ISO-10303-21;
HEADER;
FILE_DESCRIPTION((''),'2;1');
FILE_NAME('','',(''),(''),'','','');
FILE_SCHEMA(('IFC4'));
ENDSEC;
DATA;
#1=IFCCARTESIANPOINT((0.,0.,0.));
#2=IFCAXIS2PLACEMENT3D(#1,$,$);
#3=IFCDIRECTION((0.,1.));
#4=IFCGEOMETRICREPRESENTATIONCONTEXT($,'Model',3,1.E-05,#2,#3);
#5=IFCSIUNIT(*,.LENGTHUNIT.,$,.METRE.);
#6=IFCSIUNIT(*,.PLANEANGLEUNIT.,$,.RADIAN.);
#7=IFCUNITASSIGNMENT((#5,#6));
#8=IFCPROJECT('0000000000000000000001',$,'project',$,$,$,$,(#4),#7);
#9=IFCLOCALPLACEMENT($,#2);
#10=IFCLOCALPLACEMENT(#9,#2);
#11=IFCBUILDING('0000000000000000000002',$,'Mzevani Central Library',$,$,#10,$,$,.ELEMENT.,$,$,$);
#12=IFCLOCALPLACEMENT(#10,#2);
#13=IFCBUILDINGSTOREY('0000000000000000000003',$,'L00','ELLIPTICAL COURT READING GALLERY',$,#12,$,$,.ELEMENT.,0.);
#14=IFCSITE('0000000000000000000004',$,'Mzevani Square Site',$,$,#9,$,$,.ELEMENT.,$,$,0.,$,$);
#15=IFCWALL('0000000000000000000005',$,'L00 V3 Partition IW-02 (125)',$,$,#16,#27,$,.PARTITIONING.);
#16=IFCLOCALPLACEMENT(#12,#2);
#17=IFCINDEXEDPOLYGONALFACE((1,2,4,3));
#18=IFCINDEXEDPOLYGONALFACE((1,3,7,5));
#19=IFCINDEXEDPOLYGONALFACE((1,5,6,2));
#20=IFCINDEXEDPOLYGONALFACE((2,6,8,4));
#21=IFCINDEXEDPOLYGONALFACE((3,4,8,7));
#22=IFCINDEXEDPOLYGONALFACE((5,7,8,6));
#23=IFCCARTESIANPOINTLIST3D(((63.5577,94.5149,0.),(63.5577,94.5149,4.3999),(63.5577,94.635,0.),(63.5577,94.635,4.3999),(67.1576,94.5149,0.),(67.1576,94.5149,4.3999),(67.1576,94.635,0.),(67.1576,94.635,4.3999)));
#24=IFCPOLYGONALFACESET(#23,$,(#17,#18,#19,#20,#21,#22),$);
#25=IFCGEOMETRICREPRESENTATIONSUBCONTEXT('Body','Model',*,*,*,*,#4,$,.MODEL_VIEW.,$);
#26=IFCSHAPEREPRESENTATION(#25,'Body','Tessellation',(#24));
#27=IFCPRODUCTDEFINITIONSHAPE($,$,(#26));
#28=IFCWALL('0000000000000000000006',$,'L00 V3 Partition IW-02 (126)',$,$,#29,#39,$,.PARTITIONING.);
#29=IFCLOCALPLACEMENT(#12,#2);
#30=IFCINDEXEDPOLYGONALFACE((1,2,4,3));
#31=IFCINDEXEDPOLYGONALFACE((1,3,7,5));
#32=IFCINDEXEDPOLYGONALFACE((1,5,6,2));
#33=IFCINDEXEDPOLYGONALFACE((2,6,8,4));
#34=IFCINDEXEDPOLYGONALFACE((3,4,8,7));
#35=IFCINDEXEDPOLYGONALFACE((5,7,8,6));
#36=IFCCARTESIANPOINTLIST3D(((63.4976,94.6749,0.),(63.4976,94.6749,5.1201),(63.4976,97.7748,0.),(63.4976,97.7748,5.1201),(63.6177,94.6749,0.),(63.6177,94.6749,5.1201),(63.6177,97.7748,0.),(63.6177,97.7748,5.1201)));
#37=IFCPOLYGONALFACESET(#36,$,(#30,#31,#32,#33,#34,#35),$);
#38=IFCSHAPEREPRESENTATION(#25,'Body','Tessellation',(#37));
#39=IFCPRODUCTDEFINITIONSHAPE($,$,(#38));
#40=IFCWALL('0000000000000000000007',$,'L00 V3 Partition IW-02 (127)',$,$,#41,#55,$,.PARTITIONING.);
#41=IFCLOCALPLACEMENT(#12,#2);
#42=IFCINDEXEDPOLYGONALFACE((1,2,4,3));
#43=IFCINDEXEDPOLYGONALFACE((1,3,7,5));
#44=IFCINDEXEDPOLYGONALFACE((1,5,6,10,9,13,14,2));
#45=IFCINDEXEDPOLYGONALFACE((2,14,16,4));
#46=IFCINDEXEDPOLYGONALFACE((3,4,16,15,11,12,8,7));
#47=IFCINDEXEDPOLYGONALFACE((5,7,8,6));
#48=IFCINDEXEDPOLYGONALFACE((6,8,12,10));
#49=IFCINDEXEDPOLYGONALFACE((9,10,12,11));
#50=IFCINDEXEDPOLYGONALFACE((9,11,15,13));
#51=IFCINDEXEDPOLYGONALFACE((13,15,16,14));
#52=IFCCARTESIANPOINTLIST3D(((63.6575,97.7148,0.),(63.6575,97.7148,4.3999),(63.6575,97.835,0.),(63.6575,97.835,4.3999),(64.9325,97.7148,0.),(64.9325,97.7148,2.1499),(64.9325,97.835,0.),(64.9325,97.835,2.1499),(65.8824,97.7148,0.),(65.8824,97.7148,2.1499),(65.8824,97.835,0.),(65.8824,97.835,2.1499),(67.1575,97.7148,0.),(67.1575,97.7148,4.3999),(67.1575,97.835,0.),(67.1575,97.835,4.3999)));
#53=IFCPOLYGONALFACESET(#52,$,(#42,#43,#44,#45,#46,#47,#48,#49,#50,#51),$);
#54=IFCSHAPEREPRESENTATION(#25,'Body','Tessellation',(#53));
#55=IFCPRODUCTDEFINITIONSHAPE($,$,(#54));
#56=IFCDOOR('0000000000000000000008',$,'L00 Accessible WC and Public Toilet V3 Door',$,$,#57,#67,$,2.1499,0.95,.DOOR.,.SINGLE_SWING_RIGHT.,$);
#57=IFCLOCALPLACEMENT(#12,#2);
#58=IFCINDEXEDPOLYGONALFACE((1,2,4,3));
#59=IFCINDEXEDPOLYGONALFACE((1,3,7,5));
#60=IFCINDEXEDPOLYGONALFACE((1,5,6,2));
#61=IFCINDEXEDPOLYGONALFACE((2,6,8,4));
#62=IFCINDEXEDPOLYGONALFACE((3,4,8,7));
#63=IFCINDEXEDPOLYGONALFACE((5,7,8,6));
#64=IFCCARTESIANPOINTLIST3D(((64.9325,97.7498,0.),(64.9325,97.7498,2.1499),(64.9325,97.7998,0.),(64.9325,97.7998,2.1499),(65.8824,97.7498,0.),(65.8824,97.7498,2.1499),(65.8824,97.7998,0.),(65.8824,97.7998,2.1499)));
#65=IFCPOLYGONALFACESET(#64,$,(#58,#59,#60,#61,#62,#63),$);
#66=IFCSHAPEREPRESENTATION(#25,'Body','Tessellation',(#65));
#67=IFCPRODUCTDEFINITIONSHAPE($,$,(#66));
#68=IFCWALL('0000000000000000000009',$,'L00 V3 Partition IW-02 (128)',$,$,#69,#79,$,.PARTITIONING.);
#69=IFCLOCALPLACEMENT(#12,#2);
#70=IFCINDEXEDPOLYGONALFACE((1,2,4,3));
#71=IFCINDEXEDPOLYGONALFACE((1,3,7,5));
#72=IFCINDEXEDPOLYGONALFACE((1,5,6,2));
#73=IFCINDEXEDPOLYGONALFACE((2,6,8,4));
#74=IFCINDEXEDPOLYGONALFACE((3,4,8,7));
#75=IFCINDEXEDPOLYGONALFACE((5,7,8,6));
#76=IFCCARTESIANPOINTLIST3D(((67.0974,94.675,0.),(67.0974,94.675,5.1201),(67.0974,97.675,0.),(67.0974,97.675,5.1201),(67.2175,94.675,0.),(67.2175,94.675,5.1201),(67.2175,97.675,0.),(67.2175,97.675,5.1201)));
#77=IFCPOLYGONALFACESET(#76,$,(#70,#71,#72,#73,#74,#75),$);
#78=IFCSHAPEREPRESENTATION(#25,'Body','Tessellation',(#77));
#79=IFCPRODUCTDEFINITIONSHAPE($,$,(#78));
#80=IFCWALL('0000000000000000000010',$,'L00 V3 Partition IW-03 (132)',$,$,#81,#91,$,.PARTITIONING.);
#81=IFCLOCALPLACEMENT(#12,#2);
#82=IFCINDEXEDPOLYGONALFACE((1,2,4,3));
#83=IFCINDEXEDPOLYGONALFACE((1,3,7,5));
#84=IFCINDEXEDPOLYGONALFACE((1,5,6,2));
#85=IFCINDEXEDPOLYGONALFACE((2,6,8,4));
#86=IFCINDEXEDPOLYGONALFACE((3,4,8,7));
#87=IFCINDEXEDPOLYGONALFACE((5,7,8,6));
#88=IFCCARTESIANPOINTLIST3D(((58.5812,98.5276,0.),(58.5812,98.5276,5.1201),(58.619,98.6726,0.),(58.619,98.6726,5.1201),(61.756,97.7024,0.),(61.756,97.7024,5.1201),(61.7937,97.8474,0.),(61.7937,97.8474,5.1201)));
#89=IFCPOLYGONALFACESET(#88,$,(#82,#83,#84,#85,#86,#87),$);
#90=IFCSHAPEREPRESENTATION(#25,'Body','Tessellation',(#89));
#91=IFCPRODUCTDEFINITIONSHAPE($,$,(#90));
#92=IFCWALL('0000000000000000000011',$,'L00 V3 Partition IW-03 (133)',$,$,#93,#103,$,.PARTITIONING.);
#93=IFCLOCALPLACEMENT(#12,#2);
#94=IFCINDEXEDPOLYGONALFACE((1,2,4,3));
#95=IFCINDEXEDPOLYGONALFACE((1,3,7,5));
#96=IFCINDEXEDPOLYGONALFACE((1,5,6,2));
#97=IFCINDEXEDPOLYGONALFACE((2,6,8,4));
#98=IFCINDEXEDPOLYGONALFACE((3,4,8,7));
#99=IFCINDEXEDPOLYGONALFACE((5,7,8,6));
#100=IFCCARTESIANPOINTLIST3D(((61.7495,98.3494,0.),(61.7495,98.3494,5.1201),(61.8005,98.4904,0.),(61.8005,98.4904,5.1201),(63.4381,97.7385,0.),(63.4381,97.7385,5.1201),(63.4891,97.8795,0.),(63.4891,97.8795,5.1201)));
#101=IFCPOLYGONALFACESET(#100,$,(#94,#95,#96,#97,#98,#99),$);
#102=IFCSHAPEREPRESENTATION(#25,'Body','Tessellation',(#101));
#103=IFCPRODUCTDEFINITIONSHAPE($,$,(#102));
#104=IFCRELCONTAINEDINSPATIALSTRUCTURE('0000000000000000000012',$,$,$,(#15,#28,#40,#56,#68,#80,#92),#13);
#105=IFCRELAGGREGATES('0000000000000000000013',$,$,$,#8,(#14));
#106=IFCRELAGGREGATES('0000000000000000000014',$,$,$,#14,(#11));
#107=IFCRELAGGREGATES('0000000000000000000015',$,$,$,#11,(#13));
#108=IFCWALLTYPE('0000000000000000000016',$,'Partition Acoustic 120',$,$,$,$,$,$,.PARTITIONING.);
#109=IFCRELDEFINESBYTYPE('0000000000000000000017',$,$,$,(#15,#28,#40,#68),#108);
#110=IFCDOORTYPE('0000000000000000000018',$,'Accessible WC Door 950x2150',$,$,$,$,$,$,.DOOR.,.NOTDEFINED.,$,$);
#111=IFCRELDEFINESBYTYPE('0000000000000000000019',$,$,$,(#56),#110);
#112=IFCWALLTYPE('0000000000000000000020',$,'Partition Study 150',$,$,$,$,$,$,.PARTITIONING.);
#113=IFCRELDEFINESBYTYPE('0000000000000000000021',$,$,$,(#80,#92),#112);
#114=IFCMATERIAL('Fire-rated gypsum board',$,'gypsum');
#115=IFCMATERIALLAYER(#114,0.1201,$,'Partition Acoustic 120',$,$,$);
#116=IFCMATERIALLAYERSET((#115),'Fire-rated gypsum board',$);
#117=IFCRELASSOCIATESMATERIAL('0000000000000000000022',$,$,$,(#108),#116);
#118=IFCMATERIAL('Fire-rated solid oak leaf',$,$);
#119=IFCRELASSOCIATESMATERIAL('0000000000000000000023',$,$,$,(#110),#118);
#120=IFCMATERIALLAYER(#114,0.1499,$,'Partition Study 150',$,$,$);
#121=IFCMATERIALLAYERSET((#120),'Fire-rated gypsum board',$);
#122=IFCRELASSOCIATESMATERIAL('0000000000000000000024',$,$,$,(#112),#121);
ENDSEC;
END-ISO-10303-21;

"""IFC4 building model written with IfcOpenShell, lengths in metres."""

from ifc_helpers import new_model, si_unit, direction, frame, frame_2d, origin, place, context, subcontext, project, spatial, rectangle, extrude, material, layer, layer_set, type_object, element, fill, save


model = new_model("IFC4")

# Units and contexts
model_context = context("Model", 3, precision=1e-05, world=origin(), true_north=direction((0.0, 1.0)))
body_context = subcontext(model_context, "Body", "Model", "MODEL_VIEW")
ifc_project = project(units=[si_unit("LENGTHUNIT", "METRE"), si_unit("PLANEANGLEUNIT", "RADIAN")], contexts=[model_context])

# Site, building, storey
site_placement = place(None, origin())
site = spatial("IfcSite", under=ifc_project, at=site_placement, Name="Mzevani Square Site", CompositionType="ELEMENT", RefElevation=0.0)
building_placement = place(site_placement, origin())
building = spatial("IfcBuilding", under=site, at=building_placement, Name="Mzevani Central Library", CompositionType="ELEMENT")
storey_placement = place(building_placement, origin())
storey = spatial("IfcBuildingStorey", under=building, at=storey_placement, Name="L00", Description="ELLIPTICAL COURT READING GALLERY", CompositionType="ELEMENT", Elevation=0.0)

# Walls
ifc_material_1 = material(Name="Fire-rated gypsum board", Category="gypsum")
ifc_layer_1 = layer(ifc_material_1, 0.1201, Name="Partition Acoustic 120")
ifc_layer_set_1 = layer_set([ifc_layer_1], Name="Fire-rated gypsum board")
wall_type_1 = type_object("IfcWallType", Name="Partition Acoustic 120", PredefinedType="PARTITIONING", material=ifc_layer_set_1)
wall_1_placement = place(storey_placement, frame((67.1575, 94.575, 0.0), z_axis=(0.0, 0.0, 1.0), x_axis=(-1.0, 0.0, 0.0)))
element("IfcWall", 1, at=wall_1_placement, inside=storey, type_object=wall_type_1, Name="L00 V3 Partition IW-02 (125)", PredefinedType="PARTITIONING", context=body_context, shape_type="SweptSolid", body=[
    extrude(rectangle(XDim=3.5999, YDim=0.1201, at=frame_2d((1.7998, 0.0))), origin(), (0.0, 0.0, 1.0), 4.3999),
])
wall_2_placement = place(storey_placement, frame((63.5576, 94.675, 0.0), z_axis=(0.0, 0.0, 1.0), x_axis=(0.0, 1.0, 0.0)))
element("IfcWall", 2, at=wall_2_placement, inside=storey, type_object=wall_type_1, Name="L00 V3 Partition IW-02 (126)", PredefinedType="PARTITIONING", context=body_context, shape_type="SweptSolid", body=[
    extrude(rectangle(XDim=3.0999, YDim=0.1201, at=frame_2d((1.5498, 0.0))), origin(), (0.0, 0.0, 1.0), 5.1201),
])

# Wall, opening, door
wall_3_placement = place(storey_placement, frame((63.6575, 97.7749, 0.0), z_axis=(0.0, 0.0, 1.0), x_axis=(1.0, 0.0, 0.0)))
wall_3 = element("IfcWall", 3, at=wall_3_placement, inside=storey, type_object=wall_type_1, Name="L00 V3 Partition IW-02 (127)", PredefinedType="PARTITIONING", context=body_context, shape_type="SweptSolid", body=[
    extrude(rectangle(XDim=3.5, YDim=0.1201, at=frame_2d((1.75, 0.0))), origin(), (0.0, 0.0, 1.0), 4.3999),
])
opening_placement = place(wall_3_placement, frame((1.2749, 0.0, 0.0)))
opening = element("IfcOpeningElement", 4, at=opening_placement, cuts=wall_3, PredefinedType="OPENING", context=body_context, shape_type="SweptSolid", body=[
    extrude(rectangle(XDim=0.95, YDim=2.1499, at=frame_2d((0.4751, 1.075))), frame((0.0, 0.0701, 0.0), z_axis=(0.0, -1.0, 0.0), x_axis=(1.0, 0.0, 0.0)), (0.0, 0.0, 1.0), 0.1401),
])
ifc_material_2 = material(Name="Fire-rated solid oak leaf")
door_type = type_object("IfcDoorType", Name="Accessible WC Door 950x2150", OperationType="NOTDEFINED", PredefinedType="DOOR", material=ifc_material_2)
door_placement = place(opening_placement, origin())
door = element("IfcDoor", 5, at=door_placement, inside=storey, type_object=door_type, Name="L00 Accessible WC and Public Toilet V3 Door", OperationType="SINGLE_SWING_RIGHT", OverallHeight=2.1499, OverallWidth=0.95, PredefinedType="DOOR", context=body_context, shape_type="SweptSolid", body=[
    extrude(rectangle(XDim=0.95, YDim=2.1499, at=frame_2d((0.4751, 1.075))), frame((0.0, 0.0249, 0.0), z_axis=(0.0, -1.0, 0.0), x_axis=(1.0, 0.0, 0.0)), (0.0, 0.0, 1.0), 0.05),
])
fill(opening, door)

# Walls
wall_4_placement = place(storey_placement, frame((67.1575, 97.675, 0.0), z_axis=(0.0, 0.0, 1.0), x_axis=(0.0, -1.0, 0.0)))
element("IfcWall", 6, at=wall_4_placement, inside=storey, type_object=wall_type_1, Name="L00 V3 Partition IW-02 (128)", PredefinedType="PARTITIONING", context=body_context, shape_type="SweptSolid", body=[
    extrude(rectangle(XDim=3.0, YDim=0.1201, at=frame_2d((1.5, 0.0))), origin(), (0.0, 0.0, 1.0), 5.1201),
])
ifc_layer_2 = layer(ifc_material_1, 0.1499, Name="Partition Study 150")
ifc_layer_set_2 = layer_set([ifc_layer_2], Name="Fire-rated gypsum board")
wall_type_2 = type_object("IfcWallType", Name="Partition Study 150", PredefinedType="PARTITIONING", material=ifc_layer_set_2)
wall_5_placement = place(storey_placement, frame((58.6001, 98.6001, 0.0), z_axis=(0.0, 0.0, 1.0), x_axis=(0.967841, -0.251561, 0.0)))
element("IfcWall", 7, at=wall_5_placement, inside=storey, type_object=wall_type_2, Name="L00 V3 Partition IW-03 (132)", PredefinedType="PARTITIONING", context=body_context, shape_type="SweptSolid", body=[
    extrude(rectangle(XDim=3.2803, YDim=0.1499, at=frame_2d((1.6401, 0.0))), origin(), (0.0, 0.0, 1.0), 5.1201),
])
wall_6_placement = place(storey_placement, frame((61.7749, 98.4199, 0.0), z_axis=(0.0, 0.0, 1.0), x_axis=(0.940356, -0.340192, 0.0)))
element("IfcWall", 8, at=wall_6_placement, inside=storey, type_object=wall_type_2, Name="L00 V3 Partition IW-03 (133)", PredefinedType="PARTITIONING", context=body_context, shape_type="SweptSolid", body=[
    extrude(rectangle(XDim=1.7957, YDim=0.1499, at=frame_2d((0.8979, 0.0))), origin(), (0.0, 0.0, 1.0), 5.1201),
])

save(model, "model.ifc")
